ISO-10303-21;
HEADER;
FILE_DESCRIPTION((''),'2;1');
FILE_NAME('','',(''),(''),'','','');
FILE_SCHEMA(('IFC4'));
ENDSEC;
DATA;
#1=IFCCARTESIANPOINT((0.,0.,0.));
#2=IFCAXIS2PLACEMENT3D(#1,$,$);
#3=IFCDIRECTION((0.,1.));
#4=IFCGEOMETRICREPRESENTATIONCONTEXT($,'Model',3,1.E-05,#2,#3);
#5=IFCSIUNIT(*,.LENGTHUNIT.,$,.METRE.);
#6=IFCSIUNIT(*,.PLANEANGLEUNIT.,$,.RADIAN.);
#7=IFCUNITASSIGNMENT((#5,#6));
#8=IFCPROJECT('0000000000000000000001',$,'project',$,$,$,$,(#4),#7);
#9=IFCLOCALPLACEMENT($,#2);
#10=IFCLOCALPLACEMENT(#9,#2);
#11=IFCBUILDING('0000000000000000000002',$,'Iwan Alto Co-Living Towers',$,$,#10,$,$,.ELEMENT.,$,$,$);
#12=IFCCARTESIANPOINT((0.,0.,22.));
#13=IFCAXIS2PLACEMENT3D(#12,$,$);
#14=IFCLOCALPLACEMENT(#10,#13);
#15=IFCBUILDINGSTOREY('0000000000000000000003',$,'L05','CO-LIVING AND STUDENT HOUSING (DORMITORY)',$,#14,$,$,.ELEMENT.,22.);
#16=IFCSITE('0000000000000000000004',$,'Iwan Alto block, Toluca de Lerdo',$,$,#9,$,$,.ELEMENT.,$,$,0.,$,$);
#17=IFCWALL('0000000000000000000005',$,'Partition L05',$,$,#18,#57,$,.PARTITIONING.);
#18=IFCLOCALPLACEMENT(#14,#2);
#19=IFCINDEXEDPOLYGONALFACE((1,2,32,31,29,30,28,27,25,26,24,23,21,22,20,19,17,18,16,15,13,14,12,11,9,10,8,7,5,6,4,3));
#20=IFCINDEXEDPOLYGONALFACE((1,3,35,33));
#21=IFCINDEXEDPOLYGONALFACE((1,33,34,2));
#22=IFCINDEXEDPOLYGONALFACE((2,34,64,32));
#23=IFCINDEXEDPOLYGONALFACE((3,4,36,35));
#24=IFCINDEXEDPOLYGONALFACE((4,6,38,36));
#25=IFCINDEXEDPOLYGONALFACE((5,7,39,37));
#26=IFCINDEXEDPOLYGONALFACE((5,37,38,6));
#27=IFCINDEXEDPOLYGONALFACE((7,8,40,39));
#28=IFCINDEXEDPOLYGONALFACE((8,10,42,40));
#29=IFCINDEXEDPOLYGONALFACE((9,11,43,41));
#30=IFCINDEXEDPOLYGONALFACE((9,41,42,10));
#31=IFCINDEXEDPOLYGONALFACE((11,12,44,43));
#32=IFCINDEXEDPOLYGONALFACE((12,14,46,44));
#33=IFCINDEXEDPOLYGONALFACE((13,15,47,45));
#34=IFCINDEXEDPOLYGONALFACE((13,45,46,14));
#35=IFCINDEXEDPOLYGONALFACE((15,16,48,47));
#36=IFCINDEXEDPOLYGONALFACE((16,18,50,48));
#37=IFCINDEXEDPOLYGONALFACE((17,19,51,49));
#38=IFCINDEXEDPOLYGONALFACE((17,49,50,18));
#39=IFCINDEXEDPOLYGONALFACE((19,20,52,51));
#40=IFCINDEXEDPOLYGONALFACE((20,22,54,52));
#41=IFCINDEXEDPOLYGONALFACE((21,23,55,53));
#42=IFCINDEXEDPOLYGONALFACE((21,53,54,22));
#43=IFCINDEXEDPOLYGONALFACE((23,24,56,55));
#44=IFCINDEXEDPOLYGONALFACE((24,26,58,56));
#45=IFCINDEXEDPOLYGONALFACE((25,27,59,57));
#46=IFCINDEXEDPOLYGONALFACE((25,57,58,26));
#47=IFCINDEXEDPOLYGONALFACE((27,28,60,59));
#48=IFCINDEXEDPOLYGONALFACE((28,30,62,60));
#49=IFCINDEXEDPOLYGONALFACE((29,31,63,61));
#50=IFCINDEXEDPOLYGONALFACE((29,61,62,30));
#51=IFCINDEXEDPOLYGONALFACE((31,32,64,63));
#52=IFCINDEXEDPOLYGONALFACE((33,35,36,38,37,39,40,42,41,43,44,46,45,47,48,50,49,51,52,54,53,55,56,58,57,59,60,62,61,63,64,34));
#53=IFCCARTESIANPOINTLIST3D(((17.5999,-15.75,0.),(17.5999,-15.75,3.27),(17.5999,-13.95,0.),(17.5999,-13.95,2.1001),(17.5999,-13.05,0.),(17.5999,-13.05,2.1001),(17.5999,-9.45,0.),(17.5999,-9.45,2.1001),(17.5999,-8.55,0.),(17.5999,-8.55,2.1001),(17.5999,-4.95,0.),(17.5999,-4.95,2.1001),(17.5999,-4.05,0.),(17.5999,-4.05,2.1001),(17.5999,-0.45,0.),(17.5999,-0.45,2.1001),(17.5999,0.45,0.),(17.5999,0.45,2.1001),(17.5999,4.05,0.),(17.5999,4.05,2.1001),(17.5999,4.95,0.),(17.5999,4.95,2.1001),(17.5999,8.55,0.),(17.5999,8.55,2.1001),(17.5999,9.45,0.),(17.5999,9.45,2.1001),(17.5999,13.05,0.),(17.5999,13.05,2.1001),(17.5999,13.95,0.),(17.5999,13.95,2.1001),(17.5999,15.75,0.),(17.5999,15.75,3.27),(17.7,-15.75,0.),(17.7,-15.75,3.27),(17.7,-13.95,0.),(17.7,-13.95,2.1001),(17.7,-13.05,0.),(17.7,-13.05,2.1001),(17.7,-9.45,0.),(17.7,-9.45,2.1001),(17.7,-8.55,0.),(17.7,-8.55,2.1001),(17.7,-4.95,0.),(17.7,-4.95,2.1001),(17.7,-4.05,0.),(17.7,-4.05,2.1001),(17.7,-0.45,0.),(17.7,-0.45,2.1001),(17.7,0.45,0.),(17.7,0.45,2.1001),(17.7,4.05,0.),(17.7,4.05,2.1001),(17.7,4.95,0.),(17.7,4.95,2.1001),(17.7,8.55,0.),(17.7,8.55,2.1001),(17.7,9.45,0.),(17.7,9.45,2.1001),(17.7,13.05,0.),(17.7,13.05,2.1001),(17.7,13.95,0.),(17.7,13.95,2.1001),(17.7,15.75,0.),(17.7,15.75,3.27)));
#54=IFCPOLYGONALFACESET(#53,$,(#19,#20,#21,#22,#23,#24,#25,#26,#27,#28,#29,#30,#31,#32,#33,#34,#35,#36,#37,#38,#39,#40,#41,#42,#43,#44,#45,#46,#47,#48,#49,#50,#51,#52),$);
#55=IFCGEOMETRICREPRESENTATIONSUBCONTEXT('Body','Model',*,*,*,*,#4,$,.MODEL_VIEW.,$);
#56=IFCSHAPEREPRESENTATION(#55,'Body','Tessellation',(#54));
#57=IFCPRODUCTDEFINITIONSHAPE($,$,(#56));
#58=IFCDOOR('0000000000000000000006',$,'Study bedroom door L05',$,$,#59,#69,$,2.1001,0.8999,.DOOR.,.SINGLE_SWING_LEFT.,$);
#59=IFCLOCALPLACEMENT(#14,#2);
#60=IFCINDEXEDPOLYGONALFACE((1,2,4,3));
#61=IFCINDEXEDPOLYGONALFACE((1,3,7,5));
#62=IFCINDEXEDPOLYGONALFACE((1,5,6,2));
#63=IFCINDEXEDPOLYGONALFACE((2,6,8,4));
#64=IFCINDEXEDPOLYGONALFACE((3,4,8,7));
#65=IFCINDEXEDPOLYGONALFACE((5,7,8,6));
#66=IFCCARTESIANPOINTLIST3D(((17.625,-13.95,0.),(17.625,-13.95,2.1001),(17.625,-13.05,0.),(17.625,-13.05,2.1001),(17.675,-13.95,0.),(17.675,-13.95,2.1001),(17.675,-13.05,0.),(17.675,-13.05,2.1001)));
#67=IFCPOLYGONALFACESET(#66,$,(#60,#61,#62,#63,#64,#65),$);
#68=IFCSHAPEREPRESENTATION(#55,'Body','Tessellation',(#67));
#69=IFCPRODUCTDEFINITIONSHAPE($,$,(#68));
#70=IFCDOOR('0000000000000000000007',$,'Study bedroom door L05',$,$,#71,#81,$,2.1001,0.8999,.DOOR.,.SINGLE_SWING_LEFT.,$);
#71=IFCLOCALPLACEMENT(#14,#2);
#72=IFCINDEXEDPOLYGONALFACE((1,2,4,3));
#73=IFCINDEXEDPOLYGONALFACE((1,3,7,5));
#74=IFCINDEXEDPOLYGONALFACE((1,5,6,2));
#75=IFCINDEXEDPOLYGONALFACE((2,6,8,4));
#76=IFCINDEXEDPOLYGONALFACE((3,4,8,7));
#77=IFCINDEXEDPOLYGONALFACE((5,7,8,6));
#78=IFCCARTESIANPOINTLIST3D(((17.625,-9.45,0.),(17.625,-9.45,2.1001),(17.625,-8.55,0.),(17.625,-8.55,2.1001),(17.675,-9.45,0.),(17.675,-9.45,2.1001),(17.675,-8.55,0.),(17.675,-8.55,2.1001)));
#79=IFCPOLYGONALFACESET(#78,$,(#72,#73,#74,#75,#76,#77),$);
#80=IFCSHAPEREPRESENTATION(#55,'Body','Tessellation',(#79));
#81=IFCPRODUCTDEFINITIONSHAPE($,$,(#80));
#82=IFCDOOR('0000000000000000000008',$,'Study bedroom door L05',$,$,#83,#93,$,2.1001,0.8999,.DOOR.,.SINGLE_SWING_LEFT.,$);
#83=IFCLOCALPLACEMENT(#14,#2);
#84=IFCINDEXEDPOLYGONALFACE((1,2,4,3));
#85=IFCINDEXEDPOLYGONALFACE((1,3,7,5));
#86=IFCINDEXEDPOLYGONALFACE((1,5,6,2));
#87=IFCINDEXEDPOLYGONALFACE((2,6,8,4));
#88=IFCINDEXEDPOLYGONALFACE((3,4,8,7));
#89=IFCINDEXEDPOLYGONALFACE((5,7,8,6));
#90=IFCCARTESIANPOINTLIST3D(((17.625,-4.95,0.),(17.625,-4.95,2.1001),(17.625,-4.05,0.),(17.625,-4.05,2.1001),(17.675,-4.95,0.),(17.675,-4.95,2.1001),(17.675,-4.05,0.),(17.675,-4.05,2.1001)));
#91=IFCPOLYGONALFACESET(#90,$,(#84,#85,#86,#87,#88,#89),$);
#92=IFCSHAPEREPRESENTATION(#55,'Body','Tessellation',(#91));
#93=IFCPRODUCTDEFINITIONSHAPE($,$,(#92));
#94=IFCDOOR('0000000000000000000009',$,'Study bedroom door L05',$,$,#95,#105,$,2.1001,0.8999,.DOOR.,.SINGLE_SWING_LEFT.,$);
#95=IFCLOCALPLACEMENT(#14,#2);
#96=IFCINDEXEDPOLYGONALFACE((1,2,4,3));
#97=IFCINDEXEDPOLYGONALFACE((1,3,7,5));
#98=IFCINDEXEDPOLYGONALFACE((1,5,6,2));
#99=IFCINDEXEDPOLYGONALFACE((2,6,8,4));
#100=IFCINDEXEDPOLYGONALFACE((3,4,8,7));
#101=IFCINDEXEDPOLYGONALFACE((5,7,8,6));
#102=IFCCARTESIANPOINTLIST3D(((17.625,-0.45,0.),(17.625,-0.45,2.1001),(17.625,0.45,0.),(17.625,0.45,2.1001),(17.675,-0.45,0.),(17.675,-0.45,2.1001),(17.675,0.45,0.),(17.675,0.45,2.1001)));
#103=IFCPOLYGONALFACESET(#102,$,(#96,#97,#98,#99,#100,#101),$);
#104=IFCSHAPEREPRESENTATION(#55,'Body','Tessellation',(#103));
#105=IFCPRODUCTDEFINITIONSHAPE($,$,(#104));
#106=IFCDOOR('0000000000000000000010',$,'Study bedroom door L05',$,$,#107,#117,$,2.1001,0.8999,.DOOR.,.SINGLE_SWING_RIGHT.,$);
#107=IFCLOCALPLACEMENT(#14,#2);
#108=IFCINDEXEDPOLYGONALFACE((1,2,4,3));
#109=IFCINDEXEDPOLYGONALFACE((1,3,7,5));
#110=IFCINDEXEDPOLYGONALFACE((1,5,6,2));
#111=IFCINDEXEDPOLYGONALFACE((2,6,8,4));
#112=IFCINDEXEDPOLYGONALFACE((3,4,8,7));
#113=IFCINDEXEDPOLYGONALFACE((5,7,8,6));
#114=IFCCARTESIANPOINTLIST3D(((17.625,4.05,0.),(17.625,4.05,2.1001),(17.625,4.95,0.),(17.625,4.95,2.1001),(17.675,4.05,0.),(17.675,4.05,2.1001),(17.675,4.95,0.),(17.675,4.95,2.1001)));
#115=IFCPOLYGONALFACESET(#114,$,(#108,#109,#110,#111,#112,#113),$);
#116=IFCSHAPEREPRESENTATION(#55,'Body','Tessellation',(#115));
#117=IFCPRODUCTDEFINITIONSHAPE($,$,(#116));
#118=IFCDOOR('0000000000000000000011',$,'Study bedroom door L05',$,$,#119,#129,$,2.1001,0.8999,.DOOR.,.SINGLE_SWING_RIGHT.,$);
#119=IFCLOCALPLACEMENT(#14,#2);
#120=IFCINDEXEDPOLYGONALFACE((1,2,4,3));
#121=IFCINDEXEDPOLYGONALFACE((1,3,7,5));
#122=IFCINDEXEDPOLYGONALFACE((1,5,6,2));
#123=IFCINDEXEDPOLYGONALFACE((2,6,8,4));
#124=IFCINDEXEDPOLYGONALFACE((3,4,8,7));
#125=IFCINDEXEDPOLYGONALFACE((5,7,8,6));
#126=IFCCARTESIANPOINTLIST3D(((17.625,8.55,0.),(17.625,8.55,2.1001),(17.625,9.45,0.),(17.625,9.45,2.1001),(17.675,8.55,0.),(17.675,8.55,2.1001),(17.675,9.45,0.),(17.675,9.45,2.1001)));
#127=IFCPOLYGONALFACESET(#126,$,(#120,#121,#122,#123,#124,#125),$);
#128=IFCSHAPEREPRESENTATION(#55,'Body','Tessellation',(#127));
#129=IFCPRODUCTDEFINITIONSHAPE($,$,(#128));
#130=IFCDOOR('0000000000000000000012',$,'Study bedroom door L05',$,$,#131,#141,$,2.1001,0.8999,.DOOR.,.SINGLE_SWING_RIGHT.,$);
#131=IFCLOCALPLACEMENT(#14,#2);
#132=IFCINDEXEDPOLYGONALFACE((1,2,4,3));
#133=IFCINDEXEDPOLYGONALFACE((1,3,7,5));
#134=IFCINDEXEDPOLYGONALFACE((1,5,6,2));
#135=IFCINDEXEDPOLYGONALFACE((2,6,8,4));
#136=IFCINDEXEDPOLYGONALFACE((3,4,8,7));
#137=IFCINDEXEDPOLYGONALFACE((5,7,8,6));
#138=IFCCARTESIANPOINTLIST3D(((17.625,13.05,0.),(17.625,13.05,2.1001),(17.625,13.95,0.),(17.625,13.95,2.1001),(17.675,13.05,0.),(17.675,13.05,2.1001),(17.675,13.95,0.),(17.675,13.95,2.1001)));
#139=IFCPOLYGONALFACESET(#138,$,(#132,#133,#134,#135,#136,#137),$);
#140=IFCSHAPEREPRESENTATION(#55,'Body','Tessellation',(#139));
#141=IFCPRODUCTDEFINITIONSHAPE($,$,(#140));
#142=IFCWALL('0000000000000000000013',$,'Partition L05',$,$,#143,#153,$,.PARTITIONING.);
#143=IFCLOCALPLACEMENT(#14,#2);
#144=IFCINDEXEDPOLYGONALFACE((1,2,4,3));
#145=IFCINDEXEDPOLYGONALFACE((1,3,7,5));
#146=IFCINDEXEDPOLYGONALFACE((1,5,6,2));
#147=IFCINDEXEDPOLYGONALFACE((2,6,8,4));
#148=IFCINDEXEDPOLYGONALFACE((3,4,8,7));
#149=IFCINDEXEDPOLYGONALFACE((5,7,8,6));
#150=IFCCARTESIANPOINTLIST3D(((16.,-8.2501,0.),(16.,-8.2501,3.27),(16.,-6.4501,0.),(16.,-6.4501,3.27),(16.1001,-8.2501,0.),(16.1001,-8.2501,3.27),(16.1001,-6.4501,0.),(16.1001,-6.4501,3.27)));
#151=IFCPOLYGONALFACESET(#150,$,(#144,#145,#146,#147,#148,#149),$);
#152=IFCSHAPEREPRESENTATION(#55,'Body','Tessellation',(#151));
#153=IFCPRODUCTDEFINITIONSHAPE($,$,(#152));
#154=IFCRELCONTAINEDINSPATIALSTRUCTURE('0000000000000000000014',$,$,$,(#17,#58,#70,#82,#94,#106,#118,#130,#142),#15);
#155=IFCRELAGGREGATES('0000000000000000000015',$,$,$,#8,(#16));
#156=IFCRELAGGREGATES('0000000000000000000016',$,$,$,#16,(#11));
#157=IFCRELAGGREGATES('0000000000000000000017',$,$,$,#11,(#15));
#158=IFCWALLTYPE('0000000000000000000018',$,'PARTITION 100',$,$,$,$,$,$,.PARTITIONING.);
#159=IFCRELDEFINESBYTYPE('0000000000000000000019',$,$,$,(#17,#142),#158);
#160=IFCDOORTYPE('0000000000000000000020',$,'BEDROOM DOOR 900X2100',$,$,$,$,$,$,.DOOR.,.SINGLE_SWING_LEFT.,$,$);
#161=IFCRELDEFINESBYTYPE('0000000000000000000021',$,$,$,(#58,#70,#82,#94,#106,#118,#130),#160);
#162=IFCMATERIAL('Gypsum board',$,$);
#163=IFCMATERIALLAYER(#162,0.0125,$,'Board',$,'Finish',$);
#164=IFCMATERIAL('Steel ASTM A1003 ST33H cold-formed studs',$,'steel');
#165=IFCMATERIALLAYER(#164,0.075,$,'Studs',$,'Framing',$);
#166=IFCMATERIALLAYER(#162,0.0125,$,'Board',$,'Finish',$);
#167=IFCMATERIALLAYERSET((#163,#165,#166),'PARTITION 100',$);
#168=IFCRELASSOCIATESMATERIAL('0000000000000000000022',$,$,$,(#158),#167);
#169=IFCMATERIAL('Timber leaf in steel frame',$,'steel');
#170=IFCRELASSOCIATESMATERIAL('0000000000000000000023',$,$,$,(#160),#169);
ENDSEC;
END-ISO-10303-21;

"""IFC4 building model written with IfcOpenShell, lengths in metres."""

from ifc_helpers import new_model, si_unit, direction, frame, frame_2d, origin, place, context, subcontext, project, spatial, rectangle, extrude, material, layer, layer_set, type_object, element, fill, save


model = new_model("IFC4")

# Units and contexts
model_context = context("Model", 3, precision=1e-05, world=origin(), true_north=direction((0.0, 1.0)))
body_context = subcontext(model_context, "Body", "Model", "MODEL_VIEW")
ifc_project = project(units=[si_unit("LENGTHUNIT", "METRE"), si_unit("PLANEANGLEUNIT", "RADIAN")], contexts=[model_context])

# Site, building, storey
site_placement = place(None, origin())
site = spatial("IfcSite", under=ifc_project, at=site_placement, Name="Iwan Alto block, Toluca de Lerdo", CompositionType="ELEMENT", RefElevation=0.0)
building_placement = place(site_placement, origin())
building = spatial("IfcBuilding", under=site, at=building_placement, Name="Iwan Alto Co-Living Towers", CompositionType="ELEMENT")
storey_placement = place(building_placement, frame((0.0, 0.0, 22.0)))
storey = spatial("IfcBuildingStorey", under=building, at=storey_placement, Name="L05", Description="CO-LIVING AND STUDENT HOUSING (DORMITORY)", CompositionType="ELEMENT", Elevation=22.0)

# Shared definitions
ifc_material_1 = material(Name="Gypsum board")
ifc_layer_1 = layer(ifc_material_1, 0.0125, Name="Board", Category="Finish")
ifc_material_2 = material(Name="Steel ASTM A1003 ST33H cold-formed studs", Category="steel")
ifc_layer_2 = layer(ifc_material_2, 0.075, Name="Studs", Category="Framing")
ifc_layer_3 = layer(ifc_material_1, 0.0125, Name="Board", Category="Finish")
ifc_layer_set_1 = layer_set([ifc_layer_1, ifc_layer_2, ifc_layer_3], Name="PARTITION 100")
wall_type_1 = type_object("IfcWallType", Name="PARTITION 100", PredefinedType="PARTITIONING", material=ifc_layer_set_1)

# Wall, openings, doors
wall_1_placement = place(storey_placement, frame((17.6499, -15.75, 0.0), z_axis=(0.0, 0.0, 1.0), x_axis=(0.0, 1.0, 0.0)))
wall_1 = element("IfcWall", 1, at=wall_1_placement, inside=storey, type_object=wall_type_1, Name="Partition L05", PredefinedType="PARTITIONING", context=body_context, shape_type="SweptSolid", body=[
    extrude(rectangle(XDim=31.5, YDim=0.1001, at=frame_2d((15.75, 0.0))), origin(), (0.0, 0.0, 1.0), 3.27),
])
opening_1_placement = place(wall_1_placement, frame((1.8, 0.0, 0.0)))
opening_1 = element("IfcOpeningElement", 2, at=opening_1_placement, cuts=wall_1, PredefinedType="OPENING", context=body_context, shape_type="SweptSolid", body=[
    extrude(rectangle(XDim=0.8999, YDim=2.1001, at=frame_2d((0.45, 1.05))), frame((0.0, 0.0601, 0.0), z_axis=(0.0, -1.0, 0.0), x_axis=(1.0, 0.0, 0.0)), (0.0, 0.0, 1.0), 0.1201),
])
opening_2_placement = place(wall_1_placement, frame((6.3, 0.0, 0.0)))
opening_2 = element("IfcOpeningElement", 3, at=opening_2_placement, cuts=wall_1, PredefinedType="OPENING", context=body_context, shape_type="SweptSolid", body=[
    extrude(rectangle(XDim=0.8999, YDim=2.1001, at=frame_2d((0.45, 1.05))), frame((0.0, 0.0601, 0.0), z_axis=(0.0, -1.0, 0.0), x_axis=(1.0, 0.0, 0.0)), (0.0, 0.0, 1.0), 0.1201),
])
opening_3_placement = place(wall_1_placement, frame((10.8, 0.0, 0.0)))
opening_3 = element("IfcOpeningElement", 4, at=opening_3_placement, cuts=wall_1, PredefinedType="OPENING", context=body_context, shape_type="SweptSolid", body=[
    extrude(rectangle(XDim=0.8999, YDim=2.1001, at=frame_2d((0.45, 1.05))), frame((0.0, 0.0601, 0.0), z_axis=(0.0, -1.0, 0.0), x_axis=(1.0, 0.0, 0.0)), (0.0, 0.0, 1.0), 0.1201),
])
opening_4_placement = place(wall_1_placement, frame((15.3, 0.0, 0.0)))
opening_4 = element("IfcOpeningElement", 5, at=opening_4_placement, cuts=wall_1, PredefinedType="OPENING", context=body_context, shape_type="SweptSolid", body=[
    extrude(rectangle(XDim=0.8999, YDim=2.1001, at=frame_2d((0.45, 1.05))), frame((0.0, 0.0601, 0.0), z_axis=(0.0, -1.0, 0.0), x_axis=(1.0, 0.0, 0.0)), (0.0, 0.0, 1.0), 0.1201),
])
opening_5_placement = place(wall_1_placement, frame((19.8, 0.0, 0.0)))
opening_5 = element("IfcOpeningElement", 6, at=opening_5_placement, cuts=wall_1, PredefinedType="OPENING", context=body_context, shape_type="SweptSolid", body=[
    extrude(rectangle(XDim=0.8999, YDim=2.1001, at=frame_2d((0.45, 1.05))), frame((0.0, 0.0601, 0.0), z_axis=(0.0, -1.0, 0.0), x_axis=(1.0, 0.0, 0.0)), (0.0, 0.0, 1.0), 0.1201),
])
opening_6_placement = place(wall_1_placement, frame((24.3, 0.0, 0.0)))
opening_6 = element("IfcOpeningElement", 7, at=opening_6_placement, cuts=wall_1, PredefinedType="OPENING", context=body_context, shape_type="SweptSolid", body=[
    extrude(rectangle(XDim=0.8999, YDim=2.1001, at=frame_2d((0.45, 1.05))), frame((0.0, 0.0601, 0.0), z_axis=(0.0, -1.0, 0.0), x_axis=(1.0, 0.0, 0.0)), (0.0, 0.0, 1.0), 0.1201),
])
opening_7_placement = place(wall_1_placement, frame((28.8, 0.0, 0.0)))
opening_7 = element("IfcOpeningElement", 8, at=opening_7_placement, cuts=wall_1, PredefinedType="OPENING", context=body_context, shape_type="SweptSolid", body=[
    extrude(rectangle(XDim=0.8999, YDim=2.1001, at=frame_2d((0.45, 1.05))), frame((0.0, 0.0601, 0.0), z_axis=(0.0, -1.0, 0.0), x_axis=(1.0, 0.0, 0.0)), (0.0, 0.0, 1.0), 0.1201),
])
ifc_material_3 = material(Name="Timber leaf in steel frame", Category="steel")
door_type_1 = type_object("IfcDoorType", Name="BEDROOM DOOR 900X2100", OperationType="SINGLE_SWING_LEFT", PredefinedType="DOOR", material=ifc_material_3)
door_1_placement = place(opening_1_placement, origin())
door_1 = element("IfcDoor", 9, at=door_1_placement, inside=storey, type_object=door_type_1, Name="Study bedroom door L05", OperationType="SINGLE_SWING_LEFT", OverallHeight=2.1001, OverallWidth=0.8999, PredefinedType="DOOR", context=body_context, shape_type="SweptSolid", body=[
    extrude(rectangle(XDim=0.8999, YDim=2.1001, at=frame_2d((0.45, 1.05))), frame((0.0, 0.0249, 0.0), z_axis=(0.0, -1.0, 0.0), x_axis=(1.0, 0.0, 0.0)), (0.0, 0.0, 1.0), 0.05),
])
fill(opening_1, door_1)
door_2_placement = place(opening_2_placement, origin())
door_2 = element("IfcDoor", 10, at=door_2_placement, inside=storey, type_object=door_type_1, Name="Study bedroom door L05", OperationType="SINGLE_SWING_LEFT", OverallHeight=2.1001, OverallWidth=0.8999, PredefinedType="DOOR", context=body_context, shape_type="SweptSolid", body=[
    extrude(rectangle(XDim=0.8999, YDim=2.1001, at=frame_2d((0.45, 1.05))), frame((0.0, 0.0249, 0.0), z_axis=(0.0, -1.0, 0.0), x_axis=(1.0, 0.0, 0.0)), (0.0, 0.0, 1.0), 0.05),
])
fill(opening_2, door_2)
door_3_placement = place(opening_3_placement, origin())
door_3 = element("IfcDoor", 11, at=door_3_placement, inside=storey, type_object=door_type_1, Name="Study bedroom door L05", OperationType="SINGLE_SWING_LEFT", OverallHeight=2.1001, OverallWidth=0.8999, PredefinedType="DOOR", context=body_context, shape_type="SweptSolid", body=[
    extrude(rectangle(XDim=0.8999, YDim=2.1001, at=frame_2d((0.45, 1.05))), frame((0.0, 0.0249, 0.0), z_axis=(0.0, -1.0, 0.0), x_axis=(1.0, 0.0, 0.0)), (0.0, 0.0, 1.0), 0.05),
])
fill(opening_3, door_3)
door_4_placement = place(opening_4_placement, origin())
door_4 = element("IfcDoor", 12, at=door_4_placement, inside=storey, type_object=door_type_1, Name="Study bedroom door L05", OperationType="SINGLE_SWING_LEFT", OverallHeight=2.1001, OverallWidth=0.8999, PredefinedType="DOOR", context=body_context, shape_type="SweptSolid", body=[
    extrude(rectangle(XDim=0.8999, YDim=2.1001, at=frame_2d((0.45, 1.05))), frame((0.0, 0.0249, 0.0), z_axis=(0.0, -1.0, 0.0), x_axis=(1.0, 0.0, 0.0)), (0.0, 0.0, 1.0), 0.05),
])
fill(opening_4, door_4)
door_5_placement = place(opening_5_placement, origin())
door_5 = element("IfcDoor", 13, at=door_5_placement, inside=storey, type_object=door_type_1, Name="Study bedroom door L05", OperationType="SINGLE_SWING_RIGHT", OverallHeight=2.1001, OverallWidth=0.8999, PredefinedType="DOOR", context=body_context, shape_type="SweptSolid", body=[
    extrude(rectangle(XDim=0.8999, YDim=2.1001, at=frame_2d((0.45, 1.05))), frame((0.0, 0.0249, 0.0), z_axis=(0.0, -1.0, 0.0), x_axis=(1.0, 0.0, 0.0)), (0.0, 0.0, 1.0), 0.05),
])
fill(opening_5, door_5)
door_6_placement = place(opening_6_placement, origin())
door_6 = element("IfcDoor", 14, at=door_6_placement, inside=storey, type_object=door_type_1, Name="Study bedroom door L05", OperationType="SINGLE_SWING_RIGHT", OverallHeight=2.1001, OverallWidth=0.8999, PredefinedType="DOOR", context=body_context, shape_type="SweptSolid", body=[
    extrude(rectangle(XDim=0.8999, YDim=2.1001, at=frame_2d((0.45, 1.05))), frame((0.0, 0.0249, 0.0), z_axis=(0.0, -1.0, 0.0), x_axis=(1.0, 0.0, 0.0)), (0.0, 0.0, 1.0), 0.05),
])
fill(opening_6, door_6)
door_7_placement = place(opening_7_placement, origin())
door_7 = element("IfcDoor", 15, at=door_7_placement, inside=storey, type_object=door_type_1, Name="Study bedroom door L05", OperationType="SINGLE_SWING_RIGHT", OverallHeight=2.1001, OverallWidth=0.8999, PredefinedType="DOOR", context=body_context, shape_type="SweptSolid", body=[
    extrude(rectangle(XDim=0.8999, YDim=2.1001, at=frame_2d((0.45, 1.05))), frame((0.0, 0.0249, 0.0), z_axis=(0.0, -1.0, 0.0), x_axis=(1.0, 0.0, 0.0)), (0.0, 0.0, 1.0), 0.05),
])
fill(opening_7, door_7)

# Wall
wall_2_placement = place(storey_placement, frame((16.05, -8.25, 0.0), z_axis=(0.0, 0.0, 1.0), x_axis=(0.0, 1.0, 0.0)))
element("IfcWall", 16, at=wall_2_placement, inside=storey, type_object=wall_type_1, Name="Partition L05", PredefinedType="PARTITIONING", context=body_context, shape_type="SweptSolid", body=[
    extrude(rectangle(XDim=1.8, YDim=0.1001, at=frame_2d((0.8999, 0.0))), origin(), (0.0, 0.0, 1.0), 3.27),
])

save(model, "model.ifc")
